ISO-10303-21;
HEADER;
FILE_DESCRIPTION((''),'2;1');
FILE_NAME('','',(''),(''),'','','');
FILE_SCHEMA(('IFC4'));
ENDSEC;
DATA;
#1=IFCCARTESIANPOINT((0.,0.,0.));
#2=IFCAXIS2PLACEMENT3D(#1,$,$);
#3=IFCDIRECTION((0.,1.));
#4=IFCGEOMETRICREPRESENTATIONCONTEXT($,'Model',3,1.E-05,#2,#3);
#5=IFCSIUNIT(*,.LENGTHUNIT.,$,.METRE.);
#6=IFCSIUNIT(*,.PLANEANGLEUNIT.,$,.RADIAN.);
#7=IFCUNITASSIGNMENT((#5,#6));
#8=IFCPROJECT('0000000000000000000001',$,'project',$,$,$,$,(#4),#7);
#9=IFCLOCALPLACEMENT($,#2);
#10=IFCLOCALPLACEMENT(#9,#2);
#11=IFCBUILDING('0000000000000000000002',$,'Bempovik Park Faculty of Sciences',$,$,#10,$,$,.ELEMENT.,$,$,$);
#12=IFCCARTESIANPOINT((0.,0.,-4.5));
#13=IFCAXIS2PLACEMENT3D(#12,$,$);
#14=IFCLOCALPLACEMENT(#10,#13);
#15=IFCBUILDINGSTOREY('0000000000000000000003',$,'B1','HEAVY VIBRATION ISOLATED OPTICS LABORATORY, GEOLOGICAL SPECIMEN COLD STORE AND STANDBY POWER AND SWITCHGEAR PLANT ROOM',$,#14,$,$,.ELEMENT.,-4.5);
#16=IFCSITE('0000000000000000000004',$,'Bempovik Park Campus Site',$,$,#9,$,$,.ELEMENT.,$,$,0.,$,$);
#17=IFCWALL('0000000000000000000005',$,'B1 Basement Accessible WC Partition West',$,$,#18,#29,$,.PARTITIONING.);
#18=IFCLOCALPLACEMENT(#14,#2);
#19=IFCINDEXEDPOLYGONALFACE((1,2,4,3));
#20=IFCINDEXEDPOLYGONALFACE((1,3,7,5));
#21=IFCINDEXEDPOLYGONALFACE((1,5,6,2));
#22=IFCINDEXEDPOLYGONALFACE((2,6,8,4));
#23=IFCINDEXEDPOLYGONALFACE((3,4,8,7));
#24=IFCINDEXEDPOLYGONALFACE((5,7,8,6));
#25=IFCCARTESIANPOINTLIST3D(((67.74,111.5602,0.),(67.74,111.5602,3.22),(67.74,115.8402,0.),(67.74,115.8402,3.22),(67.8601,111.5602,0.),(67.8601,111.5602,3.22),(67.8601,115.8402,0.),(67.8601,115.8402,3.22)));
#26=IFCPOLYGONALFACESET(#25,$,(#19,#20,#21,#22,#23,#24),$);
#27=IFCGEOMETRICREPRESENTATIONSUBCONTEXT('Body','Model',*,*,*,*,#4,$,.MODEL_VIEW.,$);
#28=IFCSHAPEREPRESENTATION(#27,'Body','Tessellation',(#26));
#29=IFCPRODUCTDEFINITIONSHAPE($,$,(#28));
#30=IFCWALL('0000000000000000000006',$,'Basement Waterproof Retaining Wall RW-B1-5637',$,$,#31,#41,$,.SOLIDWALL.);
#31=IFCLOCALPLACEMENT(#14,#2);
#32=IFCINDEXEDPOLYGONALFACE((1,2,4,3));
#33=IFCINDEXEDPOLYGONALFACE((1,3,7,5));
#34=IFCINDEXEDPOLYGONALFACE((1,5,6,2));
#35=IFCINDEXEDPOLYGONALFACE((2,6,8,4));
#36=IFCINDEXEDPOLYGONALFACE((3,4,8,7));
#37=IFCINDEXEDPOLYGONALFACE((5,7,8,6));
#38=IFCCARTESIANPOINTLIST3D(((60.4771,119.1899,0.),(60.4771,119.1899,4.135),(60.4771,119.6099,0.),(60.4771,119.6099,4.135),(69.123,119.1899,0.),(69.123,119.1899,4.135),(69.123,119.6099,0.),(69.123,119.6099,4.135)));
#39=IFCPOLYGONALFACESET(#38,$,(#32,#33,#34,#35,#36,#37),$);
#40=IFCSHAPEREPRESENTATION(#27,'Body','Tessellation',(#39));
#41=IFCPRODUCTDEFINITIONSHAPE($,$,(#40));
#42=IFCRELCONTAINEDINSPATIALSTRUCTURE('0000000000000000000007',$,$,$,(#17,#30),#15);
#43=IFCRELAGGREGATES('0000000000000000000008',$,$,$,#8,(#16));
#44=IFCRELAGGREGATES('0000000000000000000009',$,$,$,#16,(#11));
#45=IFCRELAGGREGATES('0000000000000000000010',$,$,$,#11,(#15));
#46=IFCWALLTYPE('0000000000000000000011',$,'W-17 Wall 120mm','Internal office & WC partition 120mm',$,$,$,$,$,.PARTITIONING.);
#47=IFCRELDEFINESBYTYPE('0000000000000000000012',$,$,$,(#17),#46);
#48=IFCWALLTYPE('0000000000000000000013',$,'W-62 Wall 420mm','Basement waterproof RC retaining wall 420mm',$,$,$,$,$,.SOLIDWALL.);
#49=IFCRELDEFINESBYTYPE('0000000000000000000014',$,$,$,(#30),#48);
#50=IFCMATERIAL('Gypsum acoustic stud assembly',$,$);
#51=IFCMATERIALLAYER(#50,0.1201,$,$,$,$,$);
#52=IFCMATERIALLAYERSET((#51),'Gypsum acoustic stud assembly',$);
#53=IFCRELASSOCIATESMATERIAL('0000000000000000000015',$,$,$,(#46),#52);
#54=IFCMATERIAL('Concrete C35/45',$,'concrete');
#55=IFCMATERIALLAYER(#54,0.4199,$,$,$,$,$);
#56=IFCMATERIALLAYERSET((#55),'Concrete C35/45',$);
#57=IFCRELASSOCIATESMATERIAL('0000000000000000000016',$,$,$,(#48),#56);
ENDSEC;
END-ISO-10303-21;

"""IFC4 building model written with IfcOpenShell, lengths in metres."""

from ifc_helpers import new_model, si_unit, direction, frame, frame_2d, origin, place, context, subcontext, project, spatial, rectangle, extrude, material, layer, layer_set, type_object, element, save


model = new_model("IFC4")

# Units and contexts
model_context = context("Model", 3, precision=1e-05, world=origin(), true_north=direction((0.0, 1.0)))
body_context = subcontext(model_context, "Body", "Model", "MODEL_VIEW")
ifc_project = project(units=[si_unit("LENGTHUNIT", "METRE"), si_unit("PLANEANGLEUNIT", "RADIAN")], contexts=[model_context])

# Site, building, storey
site_placement = place(None, origin())
site = spatial("IfcSite", under=ifc_project, at=site_placement, Name="Bempovik Park Campus Site", CompositionType="ELEMENT", RefElevation=0.0)
building_placement = place(site_placement, origin())
building = spatial("IfcBuilding", under=site, at=building_placement, Name="Bempovik Park Faculty of Sciences", CompositionType="ELEMENT")
storey_placement = place(building_placement, frame((0.0, 0.0, -4.5)))
storey = spatial("IfcBuildingStorey", under=building, at=storey_placement, Name="B1", Description="HEAVY VIBRATION ISOLATED OPTICS LABORATORY, GEOLOGICAL SPECIMEN COLD STORE AND STANDBY POWER AND SWITCHGEAR PLANT ROOM", CompositionType="ELEMENT", Elevation=-4.5)

# Shared definitions
ifc_material_1 = material(Name="Concrete C35/45", Category="concrete")

# Walls
ifc_material_2 = material(Name="Gypsum acoustic stud assembly")
ifc_layer_1 = layer(ifc_material_2, 0.1201)
ifc_layer_set_1 = layer_set([ifc_layer_1], Name="Gypsum acoustic stud assembly")
wall_type_1 = type_object("IfcWallType", Name="W-17 Wall 120mm", Description="Internal office & WC partition 120mm", PredefinedType="PARTITIONING", material=ifc_layer_set_1)
wall_1_placement = place(storey_placement, frame((67.8, 111.5601, 0.0), z_axis=(0.0, 0.0, 1.0), x_axis=(0.0, 1.0, 0.0)))
element("IfcWall", 1, at=wall_1_placement, inside=storey, type_object=wall_type_1, Name="B1 Basement Accessible WC Partition West", PredefinedType="PARTITIONING", context=body_context, shape_type="SweptSolid", body=[
    extrude(rectangle(XDim=4.28, YDim=0.1201, at=frame_2d((2.1401, 0.0))), origin(), (0.0, 0.0, 1.0), 3.22),
])
ifc_layer_2 = layer(ifc_material_1, 0.4199)
ifc_layer_set_2 = layer_set([ifc_layer_2], Name="Concrete C35/45")
wall_type_2 = type_object("IfcWallType", Name="W-62 Wall 420mm", Description="Basement waterproof RC retaining wall 420mm", PredefinedType="SOLIDWALL", material=ifc_layer_set_2)
wall_2_placement = place(storey_placement, frame((60.4771, 119.3999, 0.0), z_axis=(0.0, 0.0, 1.0), x_axis=(1.0, 0.0, 0.0)))
element("IfcWall", 2, at=wall_2_placement, inside=storey, type_object=wall_type_2, Name="Basement Waterproof Retaining Wall RW-B1-5637", PredefinedType="SOLIDWALL", context=body_context, shape_type="SweptSolid", body=[
    extrude(rectangle(XDim=8.646, YDim=0.4199, at=frame_2d((4.323, 0.0))), origin(), (0.0, 0.0, 1.0), 4.135),
])

save(model, "model.ifc")
